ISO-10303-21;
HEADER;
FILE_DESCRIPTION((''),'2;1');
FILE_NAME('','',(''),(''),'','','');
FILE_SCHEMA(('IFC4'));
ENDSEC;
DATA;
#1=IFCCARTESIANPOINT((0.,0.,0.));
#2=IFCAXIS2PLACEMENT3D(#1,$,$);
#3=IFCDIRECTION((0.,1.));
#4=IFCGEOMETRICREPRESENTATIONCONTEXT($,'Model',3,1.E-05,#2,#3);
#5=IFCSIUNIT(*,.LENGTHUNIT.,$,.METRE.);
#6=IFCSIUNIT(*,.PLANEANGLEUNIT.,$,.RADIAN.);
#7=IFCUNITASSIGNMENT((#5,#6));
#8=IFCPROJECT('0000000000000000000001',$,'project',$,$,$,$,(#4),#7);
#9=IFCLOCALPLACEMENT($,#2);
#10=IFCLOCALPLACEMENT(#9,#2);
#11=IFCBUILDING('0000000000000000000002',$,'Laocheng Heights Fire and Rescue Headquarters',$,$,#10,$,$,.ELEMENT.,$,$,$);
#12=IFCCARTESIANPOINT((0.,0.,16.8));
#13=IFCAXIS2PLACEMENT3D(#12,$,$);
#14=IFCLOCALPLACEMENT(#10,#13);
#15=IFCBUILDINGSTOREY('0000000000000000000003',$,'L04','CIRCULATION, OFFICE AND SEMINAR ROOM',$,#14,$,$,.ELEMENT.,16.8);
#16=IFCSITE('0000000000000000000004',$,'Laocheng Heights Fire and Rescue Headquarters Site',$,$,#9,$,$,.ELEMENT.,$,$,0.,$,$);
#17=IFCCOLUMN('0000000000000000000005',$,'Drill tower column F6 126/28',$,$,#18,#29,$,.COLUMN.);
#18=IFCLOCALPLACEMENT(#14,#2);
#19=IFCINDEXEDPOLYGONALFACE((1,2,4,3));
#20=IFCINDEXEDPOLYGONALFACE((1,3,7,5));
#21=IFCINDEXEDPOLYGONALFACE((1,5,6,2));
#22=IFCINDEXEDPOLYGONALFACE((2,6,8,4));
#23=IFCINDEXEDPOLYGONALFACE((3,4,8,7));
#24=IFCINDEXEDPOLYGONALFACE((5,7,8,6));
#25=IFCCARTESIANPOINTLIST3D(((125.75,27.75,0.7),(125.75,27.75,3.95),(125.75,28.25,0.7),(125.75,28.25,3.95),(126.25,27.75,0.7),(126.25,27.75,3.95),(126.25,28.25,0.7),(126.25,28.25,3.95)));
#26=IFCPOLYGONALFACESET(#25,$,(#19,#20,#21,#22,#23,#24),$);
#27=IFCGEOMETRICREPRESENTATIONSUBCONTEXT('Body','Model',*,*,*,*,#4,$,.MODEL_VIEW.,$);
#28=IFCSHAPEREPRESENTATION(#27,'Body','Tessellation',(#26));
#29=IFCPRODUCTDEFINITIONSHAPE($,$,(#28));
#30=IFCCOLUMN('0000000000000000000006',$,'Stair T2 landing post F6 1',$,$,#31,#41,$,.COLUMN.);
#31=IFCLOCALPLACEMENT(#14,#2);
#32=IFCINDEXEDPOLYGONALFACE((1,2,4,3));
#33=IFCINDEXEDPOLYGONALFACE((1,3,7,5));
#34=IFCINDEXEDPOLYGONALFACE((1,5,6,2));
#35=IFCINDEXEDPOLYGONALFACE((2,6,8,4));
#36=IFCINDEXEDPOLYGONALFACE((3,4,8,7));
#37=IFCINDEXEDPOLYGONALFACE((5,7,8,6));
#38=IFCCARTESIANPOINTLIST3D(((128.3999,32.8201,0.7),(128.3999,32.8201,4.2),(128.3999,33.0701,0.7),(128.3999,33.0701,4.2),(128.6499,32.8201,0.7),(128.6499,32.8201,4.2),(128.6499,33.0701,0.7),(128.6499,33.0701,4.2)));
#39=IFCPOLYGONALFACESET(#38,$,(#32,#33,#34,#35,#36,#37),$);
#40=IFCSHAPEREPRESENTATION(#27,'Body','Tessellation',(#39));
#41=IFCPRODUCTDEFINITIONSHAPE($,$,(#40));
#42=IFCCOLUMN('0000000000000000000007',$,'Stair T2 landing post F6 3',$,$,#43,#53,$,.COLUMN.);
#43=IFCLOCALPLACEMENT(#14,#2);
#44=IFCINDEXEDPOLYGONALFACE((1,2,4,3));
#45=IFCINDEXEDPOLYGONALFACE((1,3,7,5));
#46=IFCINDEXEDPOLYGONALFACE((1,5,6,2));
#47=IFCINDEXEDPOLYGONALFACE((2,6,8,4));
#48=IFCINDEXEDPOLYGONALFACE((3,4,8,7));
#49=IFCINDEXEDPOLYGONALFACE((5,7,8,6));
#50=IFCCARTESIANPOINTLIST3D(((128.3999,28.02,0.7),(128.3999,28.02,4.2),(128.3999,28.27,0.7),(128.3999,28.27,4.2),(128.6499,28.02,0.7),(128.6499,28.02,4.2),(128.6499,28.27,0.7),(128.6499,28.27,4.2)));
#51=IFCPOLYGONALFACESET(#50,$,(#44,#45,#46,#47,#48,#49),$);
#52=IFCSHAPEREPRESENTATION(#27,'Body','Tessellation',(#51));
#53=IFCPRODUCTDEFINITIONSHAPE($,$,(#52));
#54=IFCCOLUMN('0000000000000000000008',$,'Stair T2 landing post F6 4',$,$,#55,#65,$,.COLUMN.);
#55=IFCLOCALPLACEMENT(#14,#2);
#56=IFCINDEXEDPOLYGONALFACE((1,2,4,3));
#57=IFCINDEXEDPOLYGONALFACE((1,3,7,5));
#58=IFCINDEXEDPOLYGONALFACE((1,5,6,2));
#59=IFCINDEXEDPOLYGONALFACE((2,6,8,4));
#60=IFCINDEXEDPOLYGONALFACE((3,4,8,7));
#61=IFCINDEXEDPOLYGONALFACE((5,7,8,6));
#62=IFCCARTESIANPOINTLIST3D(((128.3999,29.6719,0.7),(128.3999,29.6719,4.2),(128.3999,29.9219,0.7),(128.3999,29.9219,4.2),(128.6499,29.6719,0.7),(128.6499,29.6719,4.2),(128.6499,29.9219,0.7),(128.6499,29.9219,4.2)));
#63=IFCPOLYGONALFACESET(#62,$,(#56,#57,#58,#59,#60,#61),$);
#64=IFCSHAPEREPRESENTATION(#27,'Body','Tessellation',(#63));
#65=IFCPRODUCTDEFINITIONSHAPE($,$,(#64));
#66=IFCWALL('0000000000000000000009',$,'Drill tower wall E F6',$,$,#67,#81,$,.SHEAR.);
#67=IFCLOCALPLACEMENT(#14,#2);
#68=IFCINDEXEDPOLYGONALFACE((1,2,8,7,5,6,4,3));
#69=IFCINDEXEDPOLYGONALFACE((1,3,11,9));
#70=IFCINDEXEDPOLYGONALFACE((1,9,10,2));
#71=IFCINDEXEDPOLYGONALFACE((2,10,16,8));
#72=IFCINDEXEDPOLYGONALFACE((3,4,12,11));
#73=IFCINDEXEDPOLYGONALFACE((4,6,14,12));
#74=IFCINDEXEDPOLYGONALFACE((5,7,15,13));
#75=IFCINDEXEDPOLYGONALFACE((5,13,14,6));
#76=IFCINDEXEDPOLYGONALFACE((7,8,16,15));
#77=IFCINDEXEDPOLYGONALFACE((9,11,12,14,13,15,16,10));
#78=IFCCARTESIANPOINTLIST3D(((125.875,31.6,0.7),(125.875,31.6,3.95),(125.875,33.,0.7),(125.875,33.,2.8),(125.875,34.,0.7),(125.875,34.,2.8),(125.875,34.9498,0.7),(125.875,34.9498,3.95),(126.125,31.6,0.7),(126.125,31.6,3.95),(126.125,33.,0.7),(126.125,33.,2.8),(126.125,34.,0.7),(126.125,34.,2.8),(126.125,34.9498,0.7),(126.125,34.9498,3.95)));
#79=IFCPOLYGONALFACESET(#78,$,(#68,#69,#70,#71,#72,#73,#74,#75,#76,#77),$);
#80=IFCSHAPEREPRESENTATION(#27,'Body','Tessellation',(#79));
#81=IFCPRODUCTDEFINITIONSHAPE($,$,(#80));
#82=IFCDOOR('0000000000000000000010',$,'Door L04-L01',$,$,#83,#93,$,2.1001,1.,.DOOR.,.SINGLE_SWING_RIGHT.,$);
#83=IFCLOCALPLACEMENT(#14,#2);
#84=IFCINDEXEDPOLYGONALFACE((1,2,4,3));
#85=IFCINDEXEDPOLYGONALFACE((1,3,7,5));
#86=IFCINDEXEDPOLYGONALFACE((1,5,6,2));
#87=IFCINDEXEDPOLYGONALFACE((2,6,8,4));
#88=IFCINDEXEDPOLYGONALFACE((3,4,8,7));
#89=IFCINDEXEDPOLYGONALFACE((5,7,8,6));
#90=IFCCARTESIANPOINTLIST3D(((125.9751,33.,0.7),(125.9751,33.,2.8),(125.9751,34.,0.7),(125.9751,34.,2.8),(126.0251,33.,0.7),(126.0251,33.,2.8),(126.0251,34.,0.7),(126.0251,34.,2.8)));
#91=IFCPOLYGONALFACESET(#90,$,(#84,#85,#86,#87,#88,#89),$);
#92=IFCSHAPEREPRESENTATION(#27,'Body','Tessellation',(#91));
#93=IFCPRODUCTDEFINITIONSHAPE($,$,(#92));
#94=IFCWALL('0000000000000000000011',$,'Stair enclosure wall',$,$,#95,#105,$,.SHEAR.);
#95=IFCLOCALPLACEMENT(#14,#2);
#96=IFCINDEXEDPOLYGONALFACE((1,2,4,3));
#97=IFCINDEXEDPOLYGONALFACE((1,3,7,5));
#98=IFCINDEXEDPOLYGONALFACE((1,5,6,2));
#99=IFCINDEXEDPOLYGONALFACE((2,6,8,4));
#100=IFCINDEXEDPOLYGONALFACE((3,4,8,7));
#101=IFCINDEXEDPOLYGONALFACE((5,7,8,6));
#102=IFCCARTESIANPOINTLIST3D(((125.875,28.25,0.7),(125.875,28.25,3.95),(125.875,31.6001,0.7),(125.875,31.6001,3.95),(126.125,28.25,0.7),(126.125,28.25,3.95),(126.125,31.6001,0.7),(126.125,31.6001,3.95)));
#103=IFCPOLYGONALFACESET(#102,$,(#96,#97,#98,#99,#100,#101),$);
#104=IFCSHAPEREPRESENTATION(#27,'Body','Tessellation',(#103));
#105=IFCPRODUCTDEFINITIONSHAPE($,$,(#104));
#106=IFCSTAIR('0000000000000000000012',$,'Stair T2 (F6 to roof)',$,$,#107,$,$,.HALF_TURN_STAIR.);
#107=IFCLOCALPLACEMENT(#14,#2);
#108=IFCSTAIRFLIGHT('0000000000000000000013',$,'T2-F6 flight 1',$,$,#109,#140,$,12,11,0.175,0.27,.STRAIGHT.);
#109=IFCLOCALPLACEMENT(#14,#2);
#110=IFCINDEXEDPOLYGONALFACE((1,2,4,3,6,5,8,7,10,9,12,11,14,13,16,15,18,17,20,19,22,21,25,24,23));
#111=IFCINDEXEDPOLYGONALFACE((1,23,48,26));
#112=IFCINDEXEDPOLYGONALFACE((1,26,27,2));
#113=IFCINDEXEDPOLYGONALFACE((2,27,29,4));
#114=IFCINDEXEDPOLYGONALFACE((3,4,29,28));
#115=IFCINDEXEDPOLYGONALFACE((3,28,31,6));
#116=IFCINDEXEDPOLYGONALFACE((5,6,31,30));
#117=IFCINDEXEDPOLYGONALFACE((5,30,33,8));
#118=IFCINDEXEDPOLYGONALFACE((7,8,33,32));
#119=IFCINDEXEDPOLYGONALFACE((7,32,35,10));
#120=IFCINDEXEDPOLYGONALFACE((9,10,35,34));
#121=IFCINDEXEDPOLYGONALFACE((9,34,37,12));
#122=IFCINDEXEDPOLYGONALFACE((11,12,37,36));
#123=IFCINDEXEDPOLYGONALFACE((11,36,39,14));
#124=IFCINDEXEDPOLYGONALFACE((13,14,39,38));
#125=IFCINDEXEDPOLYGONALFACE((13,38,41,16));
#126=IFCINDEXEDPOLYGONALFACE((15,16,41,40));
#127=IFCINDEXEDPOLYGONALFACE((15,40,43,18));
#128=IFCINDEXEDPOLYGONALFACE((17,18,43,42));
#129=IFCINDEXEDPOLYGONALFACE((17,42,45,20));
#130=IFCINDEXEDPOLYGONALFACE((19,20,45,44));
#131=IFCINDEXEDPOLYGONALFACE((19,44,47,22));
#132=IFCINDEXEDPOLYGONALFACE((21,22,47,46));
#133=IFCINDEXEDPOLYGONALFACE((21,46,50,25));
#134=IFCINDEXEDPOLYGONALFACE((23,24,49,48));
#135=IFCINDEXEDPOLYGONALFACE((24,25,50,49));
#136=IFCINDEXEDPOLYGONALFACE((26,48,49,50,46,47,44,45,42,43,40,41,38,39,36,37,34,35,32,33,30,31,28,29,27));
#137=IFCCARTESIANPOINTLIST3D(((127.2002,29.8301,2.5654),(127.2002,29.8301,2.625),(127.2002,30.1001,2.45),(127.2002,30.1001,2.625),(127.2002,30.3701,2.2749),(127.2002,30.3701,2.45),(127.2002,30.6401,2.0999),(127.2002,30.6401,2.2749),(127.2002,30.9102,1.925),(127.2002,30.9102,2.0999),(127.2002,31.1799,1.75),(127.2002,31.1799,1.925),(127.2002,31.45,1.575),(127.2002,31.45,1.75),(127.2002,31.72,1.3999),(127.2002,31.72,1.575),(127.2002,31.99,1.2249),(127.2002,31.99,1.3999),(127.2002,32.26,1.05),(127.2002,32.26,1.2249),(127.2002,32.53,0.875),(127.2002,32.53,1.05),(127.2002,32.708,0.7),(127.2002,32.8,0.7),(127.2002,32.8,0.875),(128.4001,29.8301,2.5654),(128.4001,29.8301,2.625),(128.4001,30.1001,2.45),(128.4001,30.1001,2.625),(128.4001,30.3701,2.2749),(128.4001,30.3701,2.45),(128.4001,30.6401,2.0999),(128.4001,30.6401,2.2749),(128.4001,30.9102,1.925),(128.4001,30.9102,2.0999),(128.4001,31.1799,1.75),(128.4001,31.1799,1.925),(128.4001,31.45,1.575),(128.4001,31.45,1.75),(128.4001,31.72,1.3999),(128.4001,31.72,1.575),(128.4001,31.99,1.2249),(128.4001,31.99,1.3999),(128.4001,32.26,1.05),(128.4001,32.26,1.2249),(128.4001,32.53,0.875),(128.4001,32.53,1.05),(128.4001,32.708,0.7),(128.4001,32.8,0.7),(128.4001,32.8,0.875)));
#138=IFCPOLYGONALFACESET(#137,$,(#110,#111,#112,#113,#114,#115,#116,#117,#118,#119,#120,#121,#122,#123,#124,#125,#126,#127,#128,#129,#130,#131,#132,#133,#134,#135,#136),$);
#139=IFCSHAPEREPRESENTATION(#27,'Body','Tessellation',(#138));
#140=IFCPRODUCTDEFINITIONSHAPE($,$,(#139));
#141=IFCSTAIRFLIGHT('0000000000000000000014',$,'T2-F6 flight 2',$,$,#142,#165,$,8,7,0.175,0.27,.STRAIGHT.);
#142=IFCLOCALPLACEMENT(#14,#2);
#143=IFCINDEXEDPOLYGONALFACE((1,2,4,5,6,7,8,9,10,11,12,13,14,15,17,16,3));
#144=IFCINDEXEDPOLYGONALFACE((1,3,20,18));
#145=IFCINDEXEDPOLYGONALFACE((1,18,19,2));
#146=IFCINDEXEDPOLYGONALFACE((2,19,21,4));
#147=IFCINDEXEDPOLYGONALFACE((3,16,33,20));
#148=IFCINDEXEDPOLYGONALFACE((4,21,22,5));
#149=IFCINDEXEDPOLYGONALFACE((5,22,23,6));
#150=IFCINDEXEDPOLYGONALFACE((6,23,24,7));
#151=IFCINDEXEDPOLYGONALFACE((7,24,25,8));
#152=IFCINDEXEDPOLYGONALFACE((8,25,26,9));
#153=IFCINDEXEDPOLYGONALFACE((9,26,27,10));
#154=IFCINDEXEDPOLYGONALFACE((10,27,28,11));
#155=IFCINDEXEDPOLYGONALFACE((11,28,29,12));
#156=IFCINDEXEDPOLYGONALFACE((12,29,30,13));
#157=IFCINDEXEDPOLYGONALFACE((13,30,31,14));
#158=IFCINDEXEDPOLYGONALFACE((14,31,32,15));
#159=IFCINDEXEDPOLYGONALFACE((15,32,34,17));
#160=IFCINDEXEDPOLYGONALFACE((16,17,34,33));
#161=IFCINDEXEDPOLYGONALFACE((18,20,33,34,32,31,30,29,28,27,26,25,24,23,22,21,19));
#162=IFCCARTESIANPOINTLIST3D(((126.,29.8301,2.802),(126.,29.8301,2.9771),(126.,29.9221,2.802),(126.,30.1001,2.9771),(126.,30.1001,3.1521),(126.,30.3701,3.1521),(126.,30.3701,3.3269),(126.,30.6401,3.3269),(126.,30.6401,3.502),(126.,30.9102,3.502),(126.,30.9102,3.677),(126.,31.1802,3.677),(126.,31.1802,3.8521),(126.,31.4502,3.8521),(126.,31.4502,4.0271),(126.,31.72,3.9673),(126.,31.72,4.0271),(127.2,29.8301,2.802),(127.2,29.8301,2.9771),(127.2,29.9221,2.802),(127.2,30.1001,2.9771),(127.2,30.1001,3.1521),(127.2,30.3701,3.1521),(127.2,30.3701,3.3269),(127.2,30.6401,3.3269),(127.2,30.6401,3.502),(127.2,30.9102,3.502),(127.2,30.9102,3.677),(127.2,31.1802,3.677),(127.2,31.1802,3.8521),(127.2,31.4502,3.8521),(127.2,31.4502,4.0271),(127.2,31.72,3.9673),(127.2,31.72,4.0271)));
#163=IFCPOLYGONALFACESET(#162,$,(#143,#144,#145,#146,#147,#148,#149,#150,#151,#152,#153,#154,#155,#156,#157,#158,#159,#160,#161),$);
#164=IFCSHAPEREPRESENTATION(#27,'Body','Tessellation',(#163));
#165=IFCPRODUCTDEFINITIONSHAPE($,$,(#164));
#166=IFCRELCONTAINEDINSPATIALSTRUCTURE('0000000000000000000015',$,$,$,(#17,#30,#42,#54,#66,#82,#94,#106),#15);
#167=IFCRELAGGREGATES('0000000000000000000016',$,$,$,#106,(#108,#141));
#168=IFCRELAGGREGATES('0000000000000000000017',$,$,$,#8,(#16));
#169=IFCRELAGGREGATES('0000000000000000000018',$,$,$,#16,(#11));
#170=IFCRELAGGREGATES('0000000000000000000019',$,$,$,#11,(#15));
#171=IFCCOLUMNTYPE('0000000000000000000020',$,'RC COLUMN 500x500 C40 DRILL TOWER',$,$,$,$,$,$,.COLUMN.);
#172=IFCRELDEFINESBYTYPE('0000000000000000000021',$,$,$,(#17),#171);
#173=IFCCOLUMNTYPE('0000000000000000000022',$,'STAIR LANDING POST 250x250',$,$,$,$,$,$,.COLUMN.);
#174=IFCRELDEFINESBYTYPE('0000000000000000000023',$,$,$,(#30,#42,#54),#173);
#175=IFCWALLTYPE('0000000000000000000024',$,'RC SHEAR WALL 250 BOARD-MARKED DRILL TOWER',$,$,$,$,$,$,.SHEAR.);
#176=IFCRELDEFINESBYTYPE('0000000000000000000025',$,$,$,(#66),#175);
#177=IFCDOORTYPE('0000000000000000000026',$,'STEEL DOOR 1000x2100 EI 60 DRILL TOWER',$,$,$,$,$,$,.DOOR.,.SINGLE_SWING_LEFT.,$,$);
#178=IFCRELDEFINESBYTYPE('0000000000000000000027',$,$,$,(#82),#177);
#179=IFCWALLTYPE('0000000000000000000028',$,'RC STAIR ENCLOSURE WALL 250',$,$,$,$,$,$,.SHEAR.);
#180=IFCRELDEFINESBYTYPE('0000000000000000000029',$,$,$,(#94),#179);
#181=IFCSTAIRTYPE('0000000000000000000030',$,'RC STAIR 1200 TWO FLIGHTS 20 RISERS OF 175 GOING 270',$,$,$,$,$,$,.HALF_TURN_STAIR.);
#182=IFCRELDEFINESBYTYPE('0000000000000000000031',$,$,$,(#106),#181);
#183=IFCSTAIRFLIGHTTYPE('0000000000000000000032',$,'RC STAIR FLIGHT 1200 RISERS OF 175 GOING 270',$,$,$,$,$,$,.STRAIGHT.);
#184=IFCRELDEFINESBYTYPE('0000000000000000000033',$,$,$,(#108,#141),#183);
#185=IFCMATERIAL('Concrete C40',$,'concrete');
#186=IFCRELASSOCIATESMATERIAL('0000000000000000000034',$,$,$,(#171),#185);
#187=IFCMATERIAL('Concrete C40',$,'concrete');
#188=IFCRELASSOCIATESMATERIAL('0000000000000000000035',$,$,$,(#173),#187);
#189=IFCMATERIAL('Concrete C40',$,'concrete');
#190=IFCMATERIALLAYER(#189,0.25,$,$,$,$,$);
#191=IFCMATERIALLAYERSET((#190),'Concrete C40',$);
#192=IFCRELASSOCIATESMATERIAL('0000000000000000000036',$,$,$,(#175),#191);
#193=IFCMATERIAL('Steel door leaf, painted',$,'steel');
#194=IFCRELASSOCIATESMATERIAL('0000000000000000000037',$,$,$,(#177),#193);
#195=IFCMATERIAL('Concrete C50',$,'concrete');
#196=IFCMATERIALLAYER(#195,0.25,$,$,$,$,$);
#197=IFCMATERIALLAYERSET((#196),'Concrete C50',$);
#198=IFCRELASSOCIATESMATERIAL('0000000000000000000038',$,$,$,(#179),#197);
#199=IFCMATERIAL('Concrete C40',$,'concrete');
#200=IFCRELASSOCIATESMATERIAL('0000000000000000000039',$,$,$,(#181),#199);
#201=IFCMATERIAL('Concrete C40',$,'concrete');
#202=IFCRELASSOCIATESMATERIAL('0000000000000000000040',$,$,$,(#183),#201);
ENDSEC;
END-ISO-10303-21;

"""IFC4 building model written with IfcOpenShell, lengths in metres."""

from ifc_helpers import new_model, si_unit, direction, frame, frame_2d, origin, origin_2d, place, context, subcontext, project, spatial, polyline, rectangle, outline, extrude, material, layer, layer_set, material_profile, profile_set, type_object, element, fill, aggregate, save


model = new_model("IFC4")

# Units and contexts
model_context = context("Model", 3, precision=1e-05, world=origin(), true_north=direction((0.0, 1.0)))
body_context = subcontext(model_context, "Body", "Model", "MODEL_VIEW")
ifc_project = project(units=[si_unit("LENGTHUNIT", "METRE"), si_unit("PLANEANGLEUNIT", "RADIAN")], contexts=[model_context])

# Site, building, storey
site_placement = place(None, origin())
site = spatial("IfcSite", under=ifc_project, at=site_placement, Name="Laocheng Heights Fire and Rescue Headquarters Site", CompositionType="ELEMENT", RefElevation=0.0)
building_placement = place(site_placement, origin())
building = spatial("IfcBuilding", under=site, at=building_placement, Name="Laocheng Heights Fire and Rescue Headquarters", CompositionType="ELEMENT")
storey_placement = place(building_placement, frame((0.0, 0.0, 16.8)))
storey = spatial("IfcBuildingStorey", under=building, at=storey_placement, Name="L04", Description="CIRCULATION, OFFICE AND SEMINAR ROOM", CompositionType="ELEMENT", Elevation=16.8)

# Columns
ifc_material_1 = material(Name="Concrete C40", Category="concrete")
ifc_material_profile_1 = material_profile(ifc_material_1, rectangle(XDim=0.5, YDim=0.5, at=origin_2d()), Name="RC COLUMN 500x500 C40 DRILL TOWER")
ifc_profile_set_1 = profile_set([ifc_material_profile_1], Name="Concrete C40")
column_type_1 = type_object("IfcColumnType", Name="RC COLUMN 500x500 C40 DRILL TOWER", PredefinedType="COLUMN", material=ifc_profile_set_1)
column_placement = place(storey_placement, frame((126.0, 28.0, 0.7), z_axis=(0.0, 0.0, 1.0), x_axis=(1.0, 0.0, 0.0)))
element("IfcColumn", 1, at=column_placement, inside=storey, type_object=column_type_1, Name="Drill tower column F6 126/28", PredefinedType="COLUMN", context=body_context, shape_type="SweptSolid", body=[
    extrude(rectangle(XDim=0.5, YDim=0.5, at=origin_2d()), origin(), (0.0, 0.0, 1.0), 3.25),
])
ifc_material_2 = material(Name="Concrete C40", Category="concrete")
ifc_material_profile_2 = material_profile(ifc_material_2, rectangle(XDim=0.25, YDim=0.25, at=origin_2d()), Name="STAIR LANDING POST 250x250")
ifc_profile_set_2 = profile_set([ifc_material_profile_2], Name="Concrete C40")
column_type_2 = type_object("IfcColumnType", Name="STAIR LANDING POST 250x250", PredefinedType="COLUMN", material=ifc_profile_set_2)
for number, where, z_axis, x_axis, name in (
    (2, (128.5249, 32.9451, 0.7), (0.0, 0.0, 1.0), (1.0, 0.0, 0.0), "Stair T2 landing post F6 1"),
    (3, (128.5249, 28.145, 0.7), (0.0, 0.0, 1.0), (1.0, 0.0, 0.0), "Stair T2 landing post F6 3"),
    (4, (128.5249, 29.7969, 0.7), (0.0, 0.0, 1.0), (1.0, 0.0, 0.0), "Stair T2 landing post F6 4"),
):
    element("IfcColumn", number, at=place(storey_placement, frame(where, z_axis=z_axis, x_axis=x_axis)), inside=storey, type_object=column_type_2, Name=name, PredefinedType="COLUMN", context=body_context, shape_type="SweptSolid", body=[
        extrude(rectangle(XDim=0.25, YDim=0.25, at=origin_2d()), origin(), (0.0, 0.0, 1.0), 3.5),
    ])

# Wall, opening, door
ifc_material_3 = material(Name="Concrete C40", Category="concrete")
ifc_layer_1 = layer(ifc_material_3, 0.25)
ifc_layer_set_1 = layer_set([ifc_layer_1], Name="Concrete C40")
wall_type_1 = type_object("IfcWallType", Name="RC SHEAR WALL 250 BOARD-MARKED DRILL TOWER", PredefinedType="SHEAR", material=ifc_layer_set_1)
wall_1_placement = place(storey_placement, frame((126.0, 31.6001, 0.7), z_axis=(0.0, 0.0, 1.0), x_axis=(0.0, 1.0, 0.0)))
wall_1 = element("IfcWall", 5, at=wall_1_placement, inside=storey, type_object=wall_type_1, Name="Drill tower wall E F6", PredefinedType="SHEAR", context=body_context, shape_type="SweptSolid", body=[
    extrude(rectangle(XDim=3.3499, YDim=0.25, at=frame_2d((1.6748, 0.0))), origin(), (0.0, 0.0, 1.0), 3.25),
])
opening_placement = place(wall_1_placement, frame((1.3999, 0.0, 0.0)))
opening = element("IfcOpeningElement", 6, at=opening_placement, cuts=wall_1, PredefinedType="OPENING", context=body_context, shape_type="SweptSolid", body=[
    extrude(rectangle(XDim=1.0, YDim=2.1001, at=frame_2d((0.5, 1.05))), frame((0.0, 0.135, 0.0), z_axis=(0.0, -1.0, 0.0), x_axis=(1.0, 0.0, 0.0)), (0.0, 0.0, 1.0), 0.27),
])
ifc_material_4 = material(Name="Steel door leaf, painted", Category="steel")
door_type = type_object("IfcDoorType", Name="STEEL DOOR 1000x2100 EI 60 DRILL TOWER", OperationType="SINGLE_SWING_LEFT", PredefinedType="DOOR", material=ifc_material_4)
door_placement = place(opening_placement, origin())
door = element("IfcDoor", 7, at=door_placement, inside=storey, type_object=door_type, Name="Door L04-L01", OperationType="SINGLE_SWING_RIGHT", OverallHeight=2.1001, OverallWidth=1.0, PredefinedType="DOOR", context=body_context, shape_type="SweptSolid", body=[
    extrude(rectangle(XDim=1.0, YDim=2.1001, at=frame_2d((0.5, 1.05))), frame((0.0, 0.0249, 0.0), z_axis=(0.0, -1.0, 0.0), x_axis=(1.0, 0.0, 0.0)), (0.0, 0.0, 1.0), 0.05),
])
fill(opening, door)

# Wall
ifc_material_5 = material(Name="Concrete C50", Category="concrete")
ifc_layer_2 = layer(ifc_material_5, 0.25)
ifc_layer_set_2 = layer_set([ifc_layer_2], Name="Concrete C50")
wall_type_2 = type_object("IfcWallType", Name="RC STAIR ENCLOSURE WALL 250", PredefinedType="SHEAR", material=ifc_layer_set_2)
wall_2_placement = place(storey_placement, frame((126.0, 28.25, 0.7), z_axis=(0.0, 0.0, 1.0), x_axis=(0.0, 1.0, 0.0)))
element("IfcWall", 8, at=wall_2_placement, inside=storey, type_object=wall_type_2, Name="Stair enclosure wall", PredefinedType="SHEAR", context=body_context, shape_type="SweptSolid", body=[
    extrude(rectangle(XDim=3.3501, YDim=0.25, at=frame_2d((1.675, 0.0))), origin(), (0.0, 0.0, 1.0), 3.25),
])

# Stair, stair flights
ifc_material_6 = material(Name="Concrete C40", Category="concrete")
stair_type = type_object("IfcStairType", Name="RC STAIR 1200 TWO FLIGHTS 20 RISERS OF 175 GOING 270", PredefinedType="HALF_TURN_STAIR", material=ifc_material_6)
stair_placement = place(storey_placement, origin())
stair = element("IfcStair", 9, at=stair_placement, inside=storey, type_object=stair_type, Name="Stair T2 (F6 to roof)", PredefinedType="HALF_TURN_STAIR")
ifc_material_7 = material(Name="Concrete C40", Category="concrete")
stair_flight_type = type_object("IfcStairFlightType", Name="RC STAIR FLIGHT 1200 RISERS OF 175 GOING 270", PredefinedType="STRAIGHT", material=ifc_material_7)
stair_flight_1_placement = place(storey_placement, frame((127.8, 32.8, 0.7), z_axis=(0.0, 0.0, 1.0), x_axis=(0.0, -1.0, 0.0)))
stair_flight_1 = element("IfcStairFlight", 10, at=stair_flight_1_placement, type_object=stair_flight_type, Name="T2-F6 flight 1", NumberOfRisers=12, NumberOfTreads=11, PredefinedType="STRAIGHT", RiserHeight=0.175, TreadLength=0.27, context=body_context, shape_type="SweptSolid", body=[
    extrude(outline(polyline([(0.0, 0.0), (0.0, 0.175), (0.27, 0.175), (0.27, 0.3501), (0.54, 0.3501), (0.54, 0.5249), (0.8101, 0.5249), (0.8101, 0.7), (1.0801, 0.7), (1.0801, 0.875), (1.3501, 0.875), (1.3501, 1.05), (1.6201, 1.05), (1.6201, 1.2251), (1.8899, 1.2251), (1.8899, 1.3999), (2.1599, 1.3999), (2.1599, 1.575), (2.4299, 1.575), (2.4299, 1.75), (2.7, 1.75), (2.7, 1.925), (2.97, 1.925), (2.97, 2.1001), (2.97, 1.8655), (0.092, 0.0), (0.0, 0.0)])), frame((0.0, 0.6001, 0.0), z_axis=(0.0, -1.0, 0.0), x_axis=(1.0, 0.0, 0.0)), (0.0, 0.0, 1.0), 1.2),
])
stair_flight_2_placement = place(storey_placement, frame((126.6001, 29.8301, 2.802), z_axis=(0.0, 0.0, 1.0), x_axis=(0.0, 1.0, 0.0)))
stair_flight_2 = element("IfcStairFlight", 11, at=stair_flight_2_placement, type_object=stair_flight_type, Name="T2-F6 flight 2", NumberOfRisers=8, NumberOfTreads=7, PredefinedType="STRAIGHT", RiserHeight=0.175, TreadLength=0.27, context=body_context, shape_type="SweptSolid", body=[
    extrude(outline(polyline([(0.0, 0.0), (0.0, 0.175), (0.27, 0.175), (0.27, 0.3501), (0.54, 0.3501), (0.54, 0.5249), (0.8101, 0.5249), (0.8101, 0.7), (1.0801, 0.7), (1.0801, 0.875), (1.3501, 0.875), (1.3501, 1.05), (1.6201, 1.05), (1.6201, 1.2251), (1.8899, 1.2251), (1.8899, 1.3999), (1.8899, 1.1653), (0.092, 0.0), (0.0, 0.0)])), frame((0.0, 0.6001, 0.0), z_axis=(0.0, -1.0, 0.0), x_axis=(1.0, 0.0, 0.0)), (0.0, 0.0, 1.0), 1.2),
])
aggregate(stair, [stair_flight_1, stair_flight_2])

save(model, "model.ifc")
